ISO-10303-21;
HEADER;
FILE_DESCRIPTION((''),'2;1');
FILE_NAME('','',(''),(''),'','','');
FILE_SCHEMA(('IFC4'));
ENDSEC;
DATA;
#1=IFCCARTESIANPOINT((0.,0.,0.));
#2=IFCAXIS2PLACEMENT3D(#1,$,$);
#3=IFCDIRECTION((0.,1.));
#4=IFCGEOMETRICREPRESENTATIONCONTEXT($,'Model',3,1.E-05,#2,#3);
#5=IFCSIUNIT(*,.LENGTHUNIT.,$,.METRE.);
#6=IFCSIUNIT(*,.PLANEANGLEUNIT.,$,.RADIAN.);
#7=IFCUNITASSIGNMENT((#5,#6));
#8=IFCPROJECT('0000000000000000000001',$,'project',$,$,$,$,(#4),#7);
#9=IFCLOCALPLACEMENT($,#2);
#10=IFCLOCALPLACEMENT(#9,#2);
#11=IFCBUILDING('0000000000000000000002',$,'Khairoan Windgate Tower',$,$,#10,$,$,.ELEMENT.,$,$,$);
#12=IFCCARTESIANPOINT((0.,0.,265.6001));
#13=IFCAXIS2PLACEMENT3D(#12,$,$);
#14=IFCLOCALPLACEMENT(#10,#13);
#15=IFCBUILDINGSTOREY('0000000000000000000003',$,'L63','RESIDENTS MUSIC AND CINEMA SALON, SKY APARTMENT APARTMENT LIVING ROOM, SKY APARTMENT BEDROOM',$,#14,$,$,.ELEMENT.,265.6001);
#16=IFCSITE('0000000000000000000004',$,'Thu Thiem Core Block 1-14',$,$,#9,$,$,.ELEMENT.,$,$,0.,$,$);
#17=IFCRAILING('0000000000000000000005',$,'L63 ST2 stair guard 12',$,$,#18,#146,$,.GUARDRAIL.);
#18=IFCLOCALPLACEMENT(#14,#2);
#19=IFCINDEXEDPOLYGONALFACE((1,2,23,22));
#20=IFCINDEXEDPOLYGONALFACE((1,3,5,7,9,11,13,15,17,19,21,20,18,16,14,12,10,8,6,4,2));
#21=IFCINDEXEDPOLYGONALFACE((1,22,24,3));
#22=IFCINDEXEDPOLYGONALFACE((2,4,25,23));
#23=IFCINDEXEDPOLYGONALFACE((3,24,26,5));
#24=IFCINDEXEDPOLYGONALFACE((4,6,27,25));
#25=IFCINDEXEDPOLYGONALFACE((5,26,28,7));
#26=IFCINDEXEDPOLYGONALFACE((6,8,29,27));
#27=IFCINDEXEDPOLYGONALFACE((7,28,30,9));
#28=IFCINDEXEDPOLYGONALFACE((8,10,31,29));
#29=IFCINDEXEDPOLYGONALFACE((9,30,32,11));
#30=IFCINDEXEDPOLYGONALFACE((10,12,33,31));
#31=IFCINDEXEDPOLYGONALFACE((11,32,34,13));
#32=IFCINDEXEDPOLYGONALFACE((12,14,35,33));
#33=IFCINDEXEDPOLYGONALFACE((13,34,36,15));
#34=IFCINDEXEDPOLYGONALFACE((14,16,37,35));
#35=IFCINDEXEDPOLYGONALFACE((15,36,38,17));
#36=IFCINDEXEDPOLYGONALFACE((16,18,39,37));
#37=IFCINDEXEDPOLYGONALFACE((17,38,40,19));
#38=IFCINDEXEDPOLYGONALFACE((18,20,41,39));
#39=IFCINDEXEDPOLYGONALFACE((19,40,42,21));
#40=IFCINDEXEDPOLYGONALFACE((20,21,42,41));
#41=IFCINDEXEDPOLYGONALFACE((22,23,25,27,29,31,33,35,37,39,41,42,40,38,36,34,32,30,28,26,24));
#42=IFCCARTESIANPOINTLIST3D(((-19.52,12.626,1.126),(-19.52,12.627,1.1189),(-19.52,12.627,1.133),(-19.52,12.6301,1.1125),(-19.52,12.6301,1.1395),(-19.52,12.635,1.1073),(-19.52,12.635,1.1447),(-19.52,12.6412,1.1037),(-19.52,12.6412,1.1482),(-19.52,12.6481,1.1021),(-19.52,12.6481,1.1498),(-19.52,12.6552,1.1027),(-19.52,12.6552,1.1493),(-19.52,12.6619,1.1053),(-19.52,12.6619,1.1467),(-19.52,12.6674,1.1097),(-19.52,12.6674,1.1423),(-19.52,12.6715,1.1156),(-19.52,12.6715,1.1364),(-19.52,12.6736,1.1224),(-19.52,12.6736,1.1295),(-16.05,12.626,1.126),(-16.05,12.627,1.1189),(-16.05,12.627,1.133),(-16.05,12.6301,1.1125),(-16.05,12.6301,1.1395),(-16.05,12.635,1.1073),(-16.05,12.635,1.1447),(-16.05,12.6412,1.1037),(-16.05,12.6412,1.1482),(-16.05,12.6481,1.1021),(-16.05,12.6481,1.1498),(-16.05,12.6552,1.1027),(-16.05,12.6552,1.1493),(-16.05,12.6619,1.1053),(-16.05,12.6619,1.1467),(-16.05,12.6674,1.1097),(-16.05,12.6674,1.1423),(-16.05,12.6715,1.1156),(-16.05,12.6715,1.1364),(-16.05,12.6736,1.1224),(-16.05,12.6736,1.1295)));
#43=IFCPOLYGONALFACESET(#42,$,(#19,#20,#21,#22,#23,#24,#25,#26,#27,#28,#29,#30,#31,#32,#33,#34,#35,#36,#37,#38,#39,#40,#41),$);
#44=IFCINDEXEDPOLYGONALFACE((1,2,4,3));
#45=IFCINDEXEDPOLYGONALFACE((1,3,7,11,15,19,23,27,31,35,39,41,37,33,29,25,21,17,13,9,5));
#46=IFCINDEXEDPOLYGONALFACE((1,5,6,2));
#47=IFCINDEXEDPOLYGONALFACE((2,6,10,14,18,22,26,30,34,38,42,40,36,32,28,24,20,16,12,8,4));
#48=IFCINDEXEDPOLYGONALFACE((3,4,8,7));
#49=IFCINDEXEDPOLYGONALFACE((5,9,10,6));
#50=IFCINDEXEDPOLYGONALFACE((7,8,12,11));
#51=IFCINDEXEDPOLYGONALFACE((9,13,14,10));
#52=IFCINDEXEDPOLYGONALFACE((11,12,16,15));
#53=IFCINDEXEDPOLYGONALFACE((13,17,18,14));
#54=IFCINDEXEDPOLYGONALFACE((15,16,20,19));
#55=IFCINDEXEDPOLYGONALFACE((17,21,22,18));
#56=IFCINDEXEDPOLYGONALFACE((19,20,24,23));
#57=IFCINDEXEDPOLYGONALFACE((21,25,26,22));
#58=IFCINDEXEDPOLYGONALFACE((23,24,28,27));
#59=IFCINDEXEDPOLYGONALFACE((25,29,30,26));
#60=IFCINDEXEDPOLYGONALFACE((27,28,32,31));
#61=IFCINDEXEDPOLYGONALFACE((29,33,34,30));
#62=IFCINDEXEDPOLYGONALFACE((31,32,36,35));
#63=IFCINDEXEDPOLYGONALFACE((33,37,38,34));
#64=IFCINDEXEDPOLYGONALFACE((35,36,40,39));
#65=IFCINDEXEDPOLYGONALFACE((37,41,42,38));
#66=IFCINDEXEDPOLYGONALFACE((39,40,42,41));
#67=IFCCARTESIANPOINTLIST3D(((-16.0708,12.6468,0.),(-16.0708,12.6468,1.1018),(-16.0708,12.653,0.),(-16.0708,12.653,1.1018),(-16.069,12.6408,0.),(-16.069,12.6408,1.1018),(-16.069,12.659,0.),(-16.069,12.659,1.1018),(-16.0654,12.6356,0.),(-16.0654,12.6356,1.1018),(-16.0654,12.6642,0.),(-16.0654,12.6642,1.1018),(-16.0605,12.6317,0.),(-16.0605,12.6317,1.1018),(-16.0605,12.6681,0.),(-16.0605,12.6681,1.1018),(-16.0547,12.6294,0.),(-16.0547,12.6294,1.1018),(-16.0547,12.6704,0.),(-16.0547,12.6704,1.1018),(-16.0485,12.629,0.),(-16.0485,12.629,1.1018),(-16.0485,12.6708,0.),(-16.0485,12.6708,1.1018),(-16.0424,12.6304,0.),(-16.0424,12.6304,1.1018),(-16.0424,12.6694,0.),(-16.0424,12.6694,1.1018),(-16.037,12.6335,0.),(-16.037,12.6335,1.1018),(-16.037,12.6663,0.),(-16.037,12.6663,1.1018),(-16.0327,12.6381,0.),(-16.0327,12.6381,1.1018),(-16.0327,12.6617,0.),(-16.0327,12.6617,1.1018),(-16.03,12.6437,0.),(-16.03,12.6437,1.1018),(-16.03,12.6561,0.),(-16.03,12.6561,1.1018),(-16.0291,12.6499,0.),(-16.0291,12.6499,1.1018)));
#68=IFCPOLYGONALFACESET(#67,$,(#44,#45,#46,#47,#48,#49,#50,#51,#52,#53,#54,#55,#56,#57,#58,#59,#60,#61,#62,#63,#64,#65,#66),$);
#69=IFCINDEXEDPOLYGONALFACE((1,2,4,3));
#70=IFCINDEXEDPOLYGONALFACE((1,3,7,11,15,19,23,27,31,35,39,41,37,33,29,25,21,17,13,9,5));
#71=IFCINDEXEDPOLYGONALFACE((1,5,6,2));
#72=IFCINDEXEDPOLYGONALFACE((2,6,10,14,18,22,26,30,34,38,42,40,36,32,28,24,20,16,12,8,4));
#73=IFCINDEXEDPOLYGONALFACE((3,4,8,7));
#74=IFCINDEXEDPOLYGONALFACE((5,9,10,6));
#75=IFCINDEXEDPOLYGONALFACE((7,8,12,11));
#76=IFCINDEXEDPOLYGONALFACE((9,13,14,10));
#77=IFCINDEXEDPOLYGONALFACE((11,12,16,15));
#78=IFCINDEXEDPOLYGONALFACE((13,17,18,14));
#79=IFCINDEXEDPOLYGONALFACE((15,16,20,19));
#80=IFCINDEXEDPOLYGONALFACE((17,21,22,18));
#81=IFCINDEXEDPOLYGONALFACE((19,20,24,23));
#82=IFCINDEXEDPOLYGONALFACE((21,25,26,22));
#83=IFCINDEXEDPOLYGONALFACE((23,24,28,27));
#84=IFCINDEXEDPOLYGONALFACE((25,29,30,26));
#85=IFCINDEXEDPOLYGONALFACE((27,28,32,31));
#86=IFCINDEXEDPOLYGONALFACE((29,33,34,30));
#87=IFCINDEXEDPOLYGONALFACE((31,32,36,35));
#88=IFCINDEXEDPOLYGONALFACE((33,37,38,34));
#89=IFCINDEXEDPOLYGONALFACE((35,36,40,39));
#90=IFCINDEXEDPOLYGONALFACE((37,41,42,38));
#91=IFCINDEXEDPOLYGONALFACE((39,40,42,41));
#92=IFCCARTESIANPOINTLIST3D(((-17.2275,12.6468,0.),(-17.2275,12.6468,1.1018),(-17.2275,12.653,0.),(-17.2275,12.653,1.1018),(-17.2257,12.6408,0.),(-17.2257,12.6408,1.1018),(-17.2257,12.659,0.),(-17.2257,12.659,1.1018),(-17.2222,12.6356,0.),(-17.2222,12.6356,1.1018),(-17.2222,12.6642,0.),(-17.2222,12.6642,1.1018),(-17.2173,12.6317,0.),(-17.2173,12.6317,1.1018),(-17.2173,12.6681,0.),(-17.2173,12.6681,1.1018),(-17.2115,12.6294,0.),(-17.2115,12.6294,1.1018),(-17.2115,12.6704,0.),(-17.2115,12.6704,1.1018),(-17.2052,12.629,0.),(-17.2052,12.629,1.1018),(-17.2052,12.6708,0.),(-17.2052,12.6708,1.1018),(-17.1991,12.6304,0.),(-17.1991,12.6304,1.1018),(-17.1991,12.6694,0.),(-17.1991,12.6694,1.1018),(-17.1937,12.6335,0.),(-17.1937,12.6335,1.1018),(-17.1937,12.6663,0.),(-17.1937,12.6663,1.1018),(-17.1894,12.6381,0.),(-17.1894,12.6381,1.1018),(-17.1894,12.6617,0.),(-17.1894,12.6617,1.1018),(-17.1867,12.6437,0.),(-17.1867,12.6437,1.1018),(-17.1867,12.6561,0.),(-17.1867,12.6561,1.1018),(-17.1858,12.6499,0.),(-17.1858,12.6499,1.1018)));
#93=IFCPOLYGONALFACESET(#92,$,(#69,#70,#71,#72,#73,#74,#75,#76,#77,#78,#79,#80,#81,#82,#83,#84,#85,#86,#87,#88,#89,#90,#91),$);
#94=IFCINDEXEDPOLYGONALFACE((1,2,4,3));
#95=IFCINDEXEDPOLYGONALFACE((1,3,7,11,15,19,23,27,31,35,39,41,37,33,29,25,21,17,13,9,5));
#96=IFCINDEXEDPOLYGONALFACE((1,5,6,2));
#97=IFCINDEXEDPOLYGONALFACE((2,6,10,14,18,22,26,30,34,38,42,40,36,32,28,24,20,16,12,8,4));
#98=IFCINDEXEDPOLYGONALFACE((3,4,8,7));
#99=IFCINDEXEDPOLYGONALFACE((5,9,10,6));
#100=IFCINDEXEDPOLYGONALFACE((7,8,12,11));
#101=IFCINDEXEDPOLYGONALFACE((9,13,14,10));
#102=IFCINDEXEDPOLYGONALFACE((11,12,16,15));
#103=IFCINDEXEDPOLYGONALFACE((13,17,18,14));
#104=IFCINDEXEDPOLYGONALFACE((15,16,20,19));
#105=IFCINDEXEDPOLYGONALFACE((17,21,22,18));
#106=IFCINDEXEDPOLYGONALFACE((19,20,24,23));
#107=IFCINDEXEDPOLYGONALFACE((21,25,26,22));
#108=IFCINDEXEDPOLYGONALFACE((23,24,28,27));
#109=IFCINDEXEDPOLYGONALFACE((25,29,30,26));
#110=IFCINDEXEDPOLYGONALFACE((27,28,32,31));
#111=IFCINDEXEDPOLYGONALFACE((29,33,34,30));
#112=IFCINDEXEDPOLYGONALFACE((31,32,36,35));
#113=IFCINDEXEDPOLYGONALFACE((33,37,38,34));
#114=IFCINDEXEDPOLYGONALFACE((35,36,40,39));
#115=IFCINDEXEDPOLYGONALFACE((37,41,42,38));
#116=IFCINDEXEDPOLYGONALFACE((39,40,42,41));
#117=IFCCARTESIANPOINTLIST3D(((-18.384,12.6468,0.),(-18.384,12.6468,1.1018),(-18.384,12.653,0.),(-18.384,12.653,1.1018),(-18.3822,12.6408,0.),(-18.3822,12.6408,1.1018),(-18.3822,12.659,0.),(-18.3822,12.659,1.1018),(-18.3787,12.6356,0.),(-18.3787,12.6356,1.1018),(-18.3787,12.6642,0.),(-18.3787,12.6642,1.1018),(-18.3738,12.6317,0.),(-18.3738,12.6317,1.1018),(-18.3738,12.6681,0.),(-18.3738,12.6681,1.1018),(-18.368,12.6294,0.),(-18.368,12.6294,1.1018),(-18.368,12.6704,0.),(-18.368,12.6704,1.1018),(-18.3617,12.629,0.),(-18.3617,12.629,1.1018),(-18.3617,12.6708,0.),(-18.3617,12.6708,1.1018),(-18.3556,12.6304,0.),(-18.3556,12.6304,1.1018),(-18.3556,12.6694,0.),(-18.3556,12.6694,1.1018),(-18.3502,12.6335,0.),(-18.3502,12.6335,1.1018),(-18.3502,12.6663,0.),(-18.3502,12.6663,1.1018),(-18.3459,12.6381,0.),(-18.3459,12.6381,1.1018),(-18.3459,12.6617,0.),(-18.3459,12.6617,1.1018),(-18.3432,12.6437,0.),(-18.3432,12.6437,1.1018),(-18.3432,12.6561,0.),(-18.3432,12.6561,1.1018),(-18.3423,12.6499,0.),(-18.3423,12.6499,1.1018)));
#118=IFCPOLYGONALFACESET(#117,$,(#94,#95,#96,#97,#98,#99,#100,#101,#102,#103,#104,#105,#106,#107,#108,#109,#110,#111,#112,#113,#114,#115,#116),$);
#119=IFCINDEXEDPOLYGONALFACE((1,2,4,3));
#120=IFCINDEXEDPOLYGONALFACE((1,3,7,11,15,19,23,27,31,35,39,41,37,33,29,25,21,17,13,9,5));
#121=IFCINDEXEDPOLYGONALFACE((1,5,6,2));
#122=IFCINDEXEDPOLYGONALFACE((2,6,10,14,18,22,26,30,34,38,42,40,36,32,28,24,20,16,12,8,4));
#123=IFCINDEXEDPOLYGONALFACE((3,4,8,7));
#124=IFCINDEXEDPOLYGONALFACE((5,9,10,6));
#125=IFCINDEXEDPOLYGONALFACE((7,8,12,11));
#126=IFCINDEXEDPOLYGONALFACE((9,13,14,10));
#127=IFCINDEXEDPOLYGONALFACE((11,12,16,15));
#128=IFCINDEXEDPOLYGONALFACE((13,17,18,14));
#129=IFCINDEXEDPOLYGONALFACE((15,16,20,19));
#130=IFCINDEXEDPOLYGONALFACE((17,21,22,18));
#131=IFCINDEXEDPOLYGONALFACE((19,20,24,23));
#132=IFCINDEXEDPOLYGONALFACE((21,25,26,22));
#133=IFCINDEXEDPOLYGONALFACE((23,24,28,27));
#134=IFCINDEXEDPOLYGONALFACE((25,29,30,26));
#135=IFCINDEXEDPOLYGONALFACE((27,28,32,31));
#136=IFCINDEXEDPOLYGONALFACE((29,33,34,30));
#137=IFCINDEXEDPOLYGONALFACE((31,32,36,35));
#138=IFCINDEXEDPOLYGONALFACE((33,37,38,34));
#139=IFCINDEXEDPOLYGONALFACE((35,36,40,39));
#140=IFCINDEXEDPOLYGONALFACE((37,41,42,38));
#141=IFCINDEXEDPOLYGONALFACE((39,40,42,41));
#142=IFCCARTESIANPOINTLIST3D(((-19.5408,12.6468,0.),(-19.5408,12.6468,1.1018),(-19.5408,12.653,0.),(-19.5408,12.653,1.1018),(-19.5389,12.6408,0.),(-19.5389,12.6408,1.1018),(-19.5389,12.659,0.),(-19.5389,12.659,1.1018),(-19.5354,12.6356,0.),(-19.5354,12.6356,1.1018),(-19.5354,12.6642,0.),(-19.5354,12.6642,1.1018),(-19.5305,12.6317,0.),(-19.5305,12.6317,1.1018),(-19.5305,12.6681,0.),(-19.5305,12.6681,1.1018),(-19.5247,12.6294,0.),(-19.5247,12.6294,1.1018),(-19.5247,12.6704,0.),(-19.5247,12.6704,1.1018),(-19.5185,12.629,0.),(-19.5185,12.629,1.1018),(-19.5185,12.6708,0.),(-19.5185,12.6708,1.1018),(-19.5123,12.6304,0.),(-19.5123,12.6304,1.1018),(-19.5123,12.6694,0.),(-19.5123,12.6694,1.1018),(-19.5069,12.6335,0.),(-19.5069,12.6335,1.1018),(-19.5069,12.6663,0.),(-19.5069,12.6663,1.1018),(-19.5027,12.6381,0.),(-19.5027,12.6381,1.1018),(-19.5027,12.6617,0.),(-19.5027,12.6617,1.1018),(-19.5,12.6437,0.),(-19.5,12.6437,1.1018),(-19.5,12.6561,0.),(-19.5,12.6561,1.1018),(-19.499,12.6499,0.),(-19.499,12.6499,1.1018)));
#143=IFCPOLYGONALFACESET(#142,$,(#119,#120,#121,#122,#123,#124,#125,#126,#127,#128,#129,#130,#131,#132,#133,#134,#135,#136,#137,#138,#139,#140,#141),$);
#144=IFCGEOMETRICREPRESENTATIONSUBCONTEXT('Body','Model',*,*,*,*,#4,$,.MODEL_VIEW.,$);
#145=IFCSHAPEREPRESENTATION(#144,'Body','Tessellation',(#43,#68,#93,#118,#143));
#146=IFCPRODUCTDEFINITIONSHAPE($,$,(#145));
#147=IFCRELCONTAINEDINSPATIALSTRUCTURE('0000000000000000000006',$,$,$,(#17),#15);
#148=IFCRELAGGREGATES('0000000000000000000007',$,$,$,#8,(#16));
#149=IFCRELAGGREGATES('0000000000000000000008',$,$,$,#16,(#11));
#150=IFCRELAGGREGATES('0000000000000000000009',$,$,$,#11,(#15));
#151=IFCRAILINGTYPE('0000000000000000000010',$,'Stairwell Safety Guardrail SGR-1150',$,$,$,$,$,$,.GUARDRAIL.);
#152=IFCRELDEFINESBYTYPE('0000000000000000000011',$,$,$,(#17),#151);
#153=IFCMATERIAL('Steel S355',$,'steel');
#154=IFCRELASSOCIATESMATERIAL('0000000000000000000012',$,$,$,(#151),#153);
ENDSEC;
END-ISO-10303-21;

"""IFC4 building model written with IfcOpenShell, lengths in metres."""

from ifc_helpers import new_model, si_unit, direction, frame, origin, origin_2d, place, context, subcontext, project, spatial, circle, extrude, material, type_object, element, save


model = new_model("IFC4")

# Units and contexts
model_context = context("Model", 3, precision=1e-05, world=origin(), true_north=direction((0.0, 1.0)))
body_context = subcontext(model_context, "Body", "Model", "MODEL_VIEW")
ifc_project = project(units=[si_unit("LENGTHUNIT", "METRE"), si_unit("PLANEANGLEUNIT", "RADIAN")], contexts=[model_context])

# Site, building, storey
site_placement = place(None, origin())
site = spatial("IfcSite", under=ifc_project, at=site_placement, Name="Thu Thiem Core Block 1-14", CompositionType="ELEMENT", RefElevation=0.0)
building_placement = place(site_placement, origin())
building = spatial("IfcBuilding", under=site, at=building_placement, Name="Khairoan Windgate Tower", CompositionType="ELEMENT")
storey_placement = place(building_placement, frame((0.0, 0.0, 265.6001)))
storey = spatial("IfcBuildingStorey", under=building, at=storey_placement, Name="L63", Description="RESIDENTS MUSIC AND CINEMA SALON, SKY APARTMENT APARTMENT LIVING ROOM, SKY APARTMENT BEDROOM", CompositionType="ELEMENT", Elevation=265.6001)

# Railing
ifc_material_1 = material(Name="Steel S355", Category="steel")
railing_type = type_object("IfcRailingType", Name="Stairwell Safety Guardrail SGR-1150", PredefinedType="GUARDRAIL", material=ifc_material_1)
railing_1_placement = place(storey_placement, frame((-16.05, 12.6499, 0.0)))
element("IfcRailing", 1, at=railing_1_placement, inside=storey, type_object=railing_type, Name="L63 ST2 stair guard 12", PredefinedType="GUARDRAIL", context=body_context, shape_type="SweptSolid", body=[
    extrude(circle(Radius=0.0239, at=origin_2d()), frame((0.0, 0.0, 1.126), z_axis=(-1.0, 0.0, 0.0), x_axis=(0.0, -1.0, 0.0)), (0.0, 0.0, 1.0), 3.47),
    extrude(circle(Radius=0.021, at=origin_2d()), origin(), (0.0, 0.0, 1.0), 1.1018),
    extrude(circle(Radius=0.021, at=origin_2d()), frame((-1.1567, 0.0, 0.0)), (0.0, 0.0, 1.0), 1.1018),
    extrude(circle(Radius=0.021, at=origin_2d()), frame((-2.3132, 0.0, 0.0)), (0.0, 0.0, 1.0), 1.1018),
    extrude(circle(Radius=0.021, at=origin_2d()), frame((-3.47, 0.0, 0.0)), (0.0, 0.0, 1.0), 1.1018),
])

save(model, "model.ifc")
